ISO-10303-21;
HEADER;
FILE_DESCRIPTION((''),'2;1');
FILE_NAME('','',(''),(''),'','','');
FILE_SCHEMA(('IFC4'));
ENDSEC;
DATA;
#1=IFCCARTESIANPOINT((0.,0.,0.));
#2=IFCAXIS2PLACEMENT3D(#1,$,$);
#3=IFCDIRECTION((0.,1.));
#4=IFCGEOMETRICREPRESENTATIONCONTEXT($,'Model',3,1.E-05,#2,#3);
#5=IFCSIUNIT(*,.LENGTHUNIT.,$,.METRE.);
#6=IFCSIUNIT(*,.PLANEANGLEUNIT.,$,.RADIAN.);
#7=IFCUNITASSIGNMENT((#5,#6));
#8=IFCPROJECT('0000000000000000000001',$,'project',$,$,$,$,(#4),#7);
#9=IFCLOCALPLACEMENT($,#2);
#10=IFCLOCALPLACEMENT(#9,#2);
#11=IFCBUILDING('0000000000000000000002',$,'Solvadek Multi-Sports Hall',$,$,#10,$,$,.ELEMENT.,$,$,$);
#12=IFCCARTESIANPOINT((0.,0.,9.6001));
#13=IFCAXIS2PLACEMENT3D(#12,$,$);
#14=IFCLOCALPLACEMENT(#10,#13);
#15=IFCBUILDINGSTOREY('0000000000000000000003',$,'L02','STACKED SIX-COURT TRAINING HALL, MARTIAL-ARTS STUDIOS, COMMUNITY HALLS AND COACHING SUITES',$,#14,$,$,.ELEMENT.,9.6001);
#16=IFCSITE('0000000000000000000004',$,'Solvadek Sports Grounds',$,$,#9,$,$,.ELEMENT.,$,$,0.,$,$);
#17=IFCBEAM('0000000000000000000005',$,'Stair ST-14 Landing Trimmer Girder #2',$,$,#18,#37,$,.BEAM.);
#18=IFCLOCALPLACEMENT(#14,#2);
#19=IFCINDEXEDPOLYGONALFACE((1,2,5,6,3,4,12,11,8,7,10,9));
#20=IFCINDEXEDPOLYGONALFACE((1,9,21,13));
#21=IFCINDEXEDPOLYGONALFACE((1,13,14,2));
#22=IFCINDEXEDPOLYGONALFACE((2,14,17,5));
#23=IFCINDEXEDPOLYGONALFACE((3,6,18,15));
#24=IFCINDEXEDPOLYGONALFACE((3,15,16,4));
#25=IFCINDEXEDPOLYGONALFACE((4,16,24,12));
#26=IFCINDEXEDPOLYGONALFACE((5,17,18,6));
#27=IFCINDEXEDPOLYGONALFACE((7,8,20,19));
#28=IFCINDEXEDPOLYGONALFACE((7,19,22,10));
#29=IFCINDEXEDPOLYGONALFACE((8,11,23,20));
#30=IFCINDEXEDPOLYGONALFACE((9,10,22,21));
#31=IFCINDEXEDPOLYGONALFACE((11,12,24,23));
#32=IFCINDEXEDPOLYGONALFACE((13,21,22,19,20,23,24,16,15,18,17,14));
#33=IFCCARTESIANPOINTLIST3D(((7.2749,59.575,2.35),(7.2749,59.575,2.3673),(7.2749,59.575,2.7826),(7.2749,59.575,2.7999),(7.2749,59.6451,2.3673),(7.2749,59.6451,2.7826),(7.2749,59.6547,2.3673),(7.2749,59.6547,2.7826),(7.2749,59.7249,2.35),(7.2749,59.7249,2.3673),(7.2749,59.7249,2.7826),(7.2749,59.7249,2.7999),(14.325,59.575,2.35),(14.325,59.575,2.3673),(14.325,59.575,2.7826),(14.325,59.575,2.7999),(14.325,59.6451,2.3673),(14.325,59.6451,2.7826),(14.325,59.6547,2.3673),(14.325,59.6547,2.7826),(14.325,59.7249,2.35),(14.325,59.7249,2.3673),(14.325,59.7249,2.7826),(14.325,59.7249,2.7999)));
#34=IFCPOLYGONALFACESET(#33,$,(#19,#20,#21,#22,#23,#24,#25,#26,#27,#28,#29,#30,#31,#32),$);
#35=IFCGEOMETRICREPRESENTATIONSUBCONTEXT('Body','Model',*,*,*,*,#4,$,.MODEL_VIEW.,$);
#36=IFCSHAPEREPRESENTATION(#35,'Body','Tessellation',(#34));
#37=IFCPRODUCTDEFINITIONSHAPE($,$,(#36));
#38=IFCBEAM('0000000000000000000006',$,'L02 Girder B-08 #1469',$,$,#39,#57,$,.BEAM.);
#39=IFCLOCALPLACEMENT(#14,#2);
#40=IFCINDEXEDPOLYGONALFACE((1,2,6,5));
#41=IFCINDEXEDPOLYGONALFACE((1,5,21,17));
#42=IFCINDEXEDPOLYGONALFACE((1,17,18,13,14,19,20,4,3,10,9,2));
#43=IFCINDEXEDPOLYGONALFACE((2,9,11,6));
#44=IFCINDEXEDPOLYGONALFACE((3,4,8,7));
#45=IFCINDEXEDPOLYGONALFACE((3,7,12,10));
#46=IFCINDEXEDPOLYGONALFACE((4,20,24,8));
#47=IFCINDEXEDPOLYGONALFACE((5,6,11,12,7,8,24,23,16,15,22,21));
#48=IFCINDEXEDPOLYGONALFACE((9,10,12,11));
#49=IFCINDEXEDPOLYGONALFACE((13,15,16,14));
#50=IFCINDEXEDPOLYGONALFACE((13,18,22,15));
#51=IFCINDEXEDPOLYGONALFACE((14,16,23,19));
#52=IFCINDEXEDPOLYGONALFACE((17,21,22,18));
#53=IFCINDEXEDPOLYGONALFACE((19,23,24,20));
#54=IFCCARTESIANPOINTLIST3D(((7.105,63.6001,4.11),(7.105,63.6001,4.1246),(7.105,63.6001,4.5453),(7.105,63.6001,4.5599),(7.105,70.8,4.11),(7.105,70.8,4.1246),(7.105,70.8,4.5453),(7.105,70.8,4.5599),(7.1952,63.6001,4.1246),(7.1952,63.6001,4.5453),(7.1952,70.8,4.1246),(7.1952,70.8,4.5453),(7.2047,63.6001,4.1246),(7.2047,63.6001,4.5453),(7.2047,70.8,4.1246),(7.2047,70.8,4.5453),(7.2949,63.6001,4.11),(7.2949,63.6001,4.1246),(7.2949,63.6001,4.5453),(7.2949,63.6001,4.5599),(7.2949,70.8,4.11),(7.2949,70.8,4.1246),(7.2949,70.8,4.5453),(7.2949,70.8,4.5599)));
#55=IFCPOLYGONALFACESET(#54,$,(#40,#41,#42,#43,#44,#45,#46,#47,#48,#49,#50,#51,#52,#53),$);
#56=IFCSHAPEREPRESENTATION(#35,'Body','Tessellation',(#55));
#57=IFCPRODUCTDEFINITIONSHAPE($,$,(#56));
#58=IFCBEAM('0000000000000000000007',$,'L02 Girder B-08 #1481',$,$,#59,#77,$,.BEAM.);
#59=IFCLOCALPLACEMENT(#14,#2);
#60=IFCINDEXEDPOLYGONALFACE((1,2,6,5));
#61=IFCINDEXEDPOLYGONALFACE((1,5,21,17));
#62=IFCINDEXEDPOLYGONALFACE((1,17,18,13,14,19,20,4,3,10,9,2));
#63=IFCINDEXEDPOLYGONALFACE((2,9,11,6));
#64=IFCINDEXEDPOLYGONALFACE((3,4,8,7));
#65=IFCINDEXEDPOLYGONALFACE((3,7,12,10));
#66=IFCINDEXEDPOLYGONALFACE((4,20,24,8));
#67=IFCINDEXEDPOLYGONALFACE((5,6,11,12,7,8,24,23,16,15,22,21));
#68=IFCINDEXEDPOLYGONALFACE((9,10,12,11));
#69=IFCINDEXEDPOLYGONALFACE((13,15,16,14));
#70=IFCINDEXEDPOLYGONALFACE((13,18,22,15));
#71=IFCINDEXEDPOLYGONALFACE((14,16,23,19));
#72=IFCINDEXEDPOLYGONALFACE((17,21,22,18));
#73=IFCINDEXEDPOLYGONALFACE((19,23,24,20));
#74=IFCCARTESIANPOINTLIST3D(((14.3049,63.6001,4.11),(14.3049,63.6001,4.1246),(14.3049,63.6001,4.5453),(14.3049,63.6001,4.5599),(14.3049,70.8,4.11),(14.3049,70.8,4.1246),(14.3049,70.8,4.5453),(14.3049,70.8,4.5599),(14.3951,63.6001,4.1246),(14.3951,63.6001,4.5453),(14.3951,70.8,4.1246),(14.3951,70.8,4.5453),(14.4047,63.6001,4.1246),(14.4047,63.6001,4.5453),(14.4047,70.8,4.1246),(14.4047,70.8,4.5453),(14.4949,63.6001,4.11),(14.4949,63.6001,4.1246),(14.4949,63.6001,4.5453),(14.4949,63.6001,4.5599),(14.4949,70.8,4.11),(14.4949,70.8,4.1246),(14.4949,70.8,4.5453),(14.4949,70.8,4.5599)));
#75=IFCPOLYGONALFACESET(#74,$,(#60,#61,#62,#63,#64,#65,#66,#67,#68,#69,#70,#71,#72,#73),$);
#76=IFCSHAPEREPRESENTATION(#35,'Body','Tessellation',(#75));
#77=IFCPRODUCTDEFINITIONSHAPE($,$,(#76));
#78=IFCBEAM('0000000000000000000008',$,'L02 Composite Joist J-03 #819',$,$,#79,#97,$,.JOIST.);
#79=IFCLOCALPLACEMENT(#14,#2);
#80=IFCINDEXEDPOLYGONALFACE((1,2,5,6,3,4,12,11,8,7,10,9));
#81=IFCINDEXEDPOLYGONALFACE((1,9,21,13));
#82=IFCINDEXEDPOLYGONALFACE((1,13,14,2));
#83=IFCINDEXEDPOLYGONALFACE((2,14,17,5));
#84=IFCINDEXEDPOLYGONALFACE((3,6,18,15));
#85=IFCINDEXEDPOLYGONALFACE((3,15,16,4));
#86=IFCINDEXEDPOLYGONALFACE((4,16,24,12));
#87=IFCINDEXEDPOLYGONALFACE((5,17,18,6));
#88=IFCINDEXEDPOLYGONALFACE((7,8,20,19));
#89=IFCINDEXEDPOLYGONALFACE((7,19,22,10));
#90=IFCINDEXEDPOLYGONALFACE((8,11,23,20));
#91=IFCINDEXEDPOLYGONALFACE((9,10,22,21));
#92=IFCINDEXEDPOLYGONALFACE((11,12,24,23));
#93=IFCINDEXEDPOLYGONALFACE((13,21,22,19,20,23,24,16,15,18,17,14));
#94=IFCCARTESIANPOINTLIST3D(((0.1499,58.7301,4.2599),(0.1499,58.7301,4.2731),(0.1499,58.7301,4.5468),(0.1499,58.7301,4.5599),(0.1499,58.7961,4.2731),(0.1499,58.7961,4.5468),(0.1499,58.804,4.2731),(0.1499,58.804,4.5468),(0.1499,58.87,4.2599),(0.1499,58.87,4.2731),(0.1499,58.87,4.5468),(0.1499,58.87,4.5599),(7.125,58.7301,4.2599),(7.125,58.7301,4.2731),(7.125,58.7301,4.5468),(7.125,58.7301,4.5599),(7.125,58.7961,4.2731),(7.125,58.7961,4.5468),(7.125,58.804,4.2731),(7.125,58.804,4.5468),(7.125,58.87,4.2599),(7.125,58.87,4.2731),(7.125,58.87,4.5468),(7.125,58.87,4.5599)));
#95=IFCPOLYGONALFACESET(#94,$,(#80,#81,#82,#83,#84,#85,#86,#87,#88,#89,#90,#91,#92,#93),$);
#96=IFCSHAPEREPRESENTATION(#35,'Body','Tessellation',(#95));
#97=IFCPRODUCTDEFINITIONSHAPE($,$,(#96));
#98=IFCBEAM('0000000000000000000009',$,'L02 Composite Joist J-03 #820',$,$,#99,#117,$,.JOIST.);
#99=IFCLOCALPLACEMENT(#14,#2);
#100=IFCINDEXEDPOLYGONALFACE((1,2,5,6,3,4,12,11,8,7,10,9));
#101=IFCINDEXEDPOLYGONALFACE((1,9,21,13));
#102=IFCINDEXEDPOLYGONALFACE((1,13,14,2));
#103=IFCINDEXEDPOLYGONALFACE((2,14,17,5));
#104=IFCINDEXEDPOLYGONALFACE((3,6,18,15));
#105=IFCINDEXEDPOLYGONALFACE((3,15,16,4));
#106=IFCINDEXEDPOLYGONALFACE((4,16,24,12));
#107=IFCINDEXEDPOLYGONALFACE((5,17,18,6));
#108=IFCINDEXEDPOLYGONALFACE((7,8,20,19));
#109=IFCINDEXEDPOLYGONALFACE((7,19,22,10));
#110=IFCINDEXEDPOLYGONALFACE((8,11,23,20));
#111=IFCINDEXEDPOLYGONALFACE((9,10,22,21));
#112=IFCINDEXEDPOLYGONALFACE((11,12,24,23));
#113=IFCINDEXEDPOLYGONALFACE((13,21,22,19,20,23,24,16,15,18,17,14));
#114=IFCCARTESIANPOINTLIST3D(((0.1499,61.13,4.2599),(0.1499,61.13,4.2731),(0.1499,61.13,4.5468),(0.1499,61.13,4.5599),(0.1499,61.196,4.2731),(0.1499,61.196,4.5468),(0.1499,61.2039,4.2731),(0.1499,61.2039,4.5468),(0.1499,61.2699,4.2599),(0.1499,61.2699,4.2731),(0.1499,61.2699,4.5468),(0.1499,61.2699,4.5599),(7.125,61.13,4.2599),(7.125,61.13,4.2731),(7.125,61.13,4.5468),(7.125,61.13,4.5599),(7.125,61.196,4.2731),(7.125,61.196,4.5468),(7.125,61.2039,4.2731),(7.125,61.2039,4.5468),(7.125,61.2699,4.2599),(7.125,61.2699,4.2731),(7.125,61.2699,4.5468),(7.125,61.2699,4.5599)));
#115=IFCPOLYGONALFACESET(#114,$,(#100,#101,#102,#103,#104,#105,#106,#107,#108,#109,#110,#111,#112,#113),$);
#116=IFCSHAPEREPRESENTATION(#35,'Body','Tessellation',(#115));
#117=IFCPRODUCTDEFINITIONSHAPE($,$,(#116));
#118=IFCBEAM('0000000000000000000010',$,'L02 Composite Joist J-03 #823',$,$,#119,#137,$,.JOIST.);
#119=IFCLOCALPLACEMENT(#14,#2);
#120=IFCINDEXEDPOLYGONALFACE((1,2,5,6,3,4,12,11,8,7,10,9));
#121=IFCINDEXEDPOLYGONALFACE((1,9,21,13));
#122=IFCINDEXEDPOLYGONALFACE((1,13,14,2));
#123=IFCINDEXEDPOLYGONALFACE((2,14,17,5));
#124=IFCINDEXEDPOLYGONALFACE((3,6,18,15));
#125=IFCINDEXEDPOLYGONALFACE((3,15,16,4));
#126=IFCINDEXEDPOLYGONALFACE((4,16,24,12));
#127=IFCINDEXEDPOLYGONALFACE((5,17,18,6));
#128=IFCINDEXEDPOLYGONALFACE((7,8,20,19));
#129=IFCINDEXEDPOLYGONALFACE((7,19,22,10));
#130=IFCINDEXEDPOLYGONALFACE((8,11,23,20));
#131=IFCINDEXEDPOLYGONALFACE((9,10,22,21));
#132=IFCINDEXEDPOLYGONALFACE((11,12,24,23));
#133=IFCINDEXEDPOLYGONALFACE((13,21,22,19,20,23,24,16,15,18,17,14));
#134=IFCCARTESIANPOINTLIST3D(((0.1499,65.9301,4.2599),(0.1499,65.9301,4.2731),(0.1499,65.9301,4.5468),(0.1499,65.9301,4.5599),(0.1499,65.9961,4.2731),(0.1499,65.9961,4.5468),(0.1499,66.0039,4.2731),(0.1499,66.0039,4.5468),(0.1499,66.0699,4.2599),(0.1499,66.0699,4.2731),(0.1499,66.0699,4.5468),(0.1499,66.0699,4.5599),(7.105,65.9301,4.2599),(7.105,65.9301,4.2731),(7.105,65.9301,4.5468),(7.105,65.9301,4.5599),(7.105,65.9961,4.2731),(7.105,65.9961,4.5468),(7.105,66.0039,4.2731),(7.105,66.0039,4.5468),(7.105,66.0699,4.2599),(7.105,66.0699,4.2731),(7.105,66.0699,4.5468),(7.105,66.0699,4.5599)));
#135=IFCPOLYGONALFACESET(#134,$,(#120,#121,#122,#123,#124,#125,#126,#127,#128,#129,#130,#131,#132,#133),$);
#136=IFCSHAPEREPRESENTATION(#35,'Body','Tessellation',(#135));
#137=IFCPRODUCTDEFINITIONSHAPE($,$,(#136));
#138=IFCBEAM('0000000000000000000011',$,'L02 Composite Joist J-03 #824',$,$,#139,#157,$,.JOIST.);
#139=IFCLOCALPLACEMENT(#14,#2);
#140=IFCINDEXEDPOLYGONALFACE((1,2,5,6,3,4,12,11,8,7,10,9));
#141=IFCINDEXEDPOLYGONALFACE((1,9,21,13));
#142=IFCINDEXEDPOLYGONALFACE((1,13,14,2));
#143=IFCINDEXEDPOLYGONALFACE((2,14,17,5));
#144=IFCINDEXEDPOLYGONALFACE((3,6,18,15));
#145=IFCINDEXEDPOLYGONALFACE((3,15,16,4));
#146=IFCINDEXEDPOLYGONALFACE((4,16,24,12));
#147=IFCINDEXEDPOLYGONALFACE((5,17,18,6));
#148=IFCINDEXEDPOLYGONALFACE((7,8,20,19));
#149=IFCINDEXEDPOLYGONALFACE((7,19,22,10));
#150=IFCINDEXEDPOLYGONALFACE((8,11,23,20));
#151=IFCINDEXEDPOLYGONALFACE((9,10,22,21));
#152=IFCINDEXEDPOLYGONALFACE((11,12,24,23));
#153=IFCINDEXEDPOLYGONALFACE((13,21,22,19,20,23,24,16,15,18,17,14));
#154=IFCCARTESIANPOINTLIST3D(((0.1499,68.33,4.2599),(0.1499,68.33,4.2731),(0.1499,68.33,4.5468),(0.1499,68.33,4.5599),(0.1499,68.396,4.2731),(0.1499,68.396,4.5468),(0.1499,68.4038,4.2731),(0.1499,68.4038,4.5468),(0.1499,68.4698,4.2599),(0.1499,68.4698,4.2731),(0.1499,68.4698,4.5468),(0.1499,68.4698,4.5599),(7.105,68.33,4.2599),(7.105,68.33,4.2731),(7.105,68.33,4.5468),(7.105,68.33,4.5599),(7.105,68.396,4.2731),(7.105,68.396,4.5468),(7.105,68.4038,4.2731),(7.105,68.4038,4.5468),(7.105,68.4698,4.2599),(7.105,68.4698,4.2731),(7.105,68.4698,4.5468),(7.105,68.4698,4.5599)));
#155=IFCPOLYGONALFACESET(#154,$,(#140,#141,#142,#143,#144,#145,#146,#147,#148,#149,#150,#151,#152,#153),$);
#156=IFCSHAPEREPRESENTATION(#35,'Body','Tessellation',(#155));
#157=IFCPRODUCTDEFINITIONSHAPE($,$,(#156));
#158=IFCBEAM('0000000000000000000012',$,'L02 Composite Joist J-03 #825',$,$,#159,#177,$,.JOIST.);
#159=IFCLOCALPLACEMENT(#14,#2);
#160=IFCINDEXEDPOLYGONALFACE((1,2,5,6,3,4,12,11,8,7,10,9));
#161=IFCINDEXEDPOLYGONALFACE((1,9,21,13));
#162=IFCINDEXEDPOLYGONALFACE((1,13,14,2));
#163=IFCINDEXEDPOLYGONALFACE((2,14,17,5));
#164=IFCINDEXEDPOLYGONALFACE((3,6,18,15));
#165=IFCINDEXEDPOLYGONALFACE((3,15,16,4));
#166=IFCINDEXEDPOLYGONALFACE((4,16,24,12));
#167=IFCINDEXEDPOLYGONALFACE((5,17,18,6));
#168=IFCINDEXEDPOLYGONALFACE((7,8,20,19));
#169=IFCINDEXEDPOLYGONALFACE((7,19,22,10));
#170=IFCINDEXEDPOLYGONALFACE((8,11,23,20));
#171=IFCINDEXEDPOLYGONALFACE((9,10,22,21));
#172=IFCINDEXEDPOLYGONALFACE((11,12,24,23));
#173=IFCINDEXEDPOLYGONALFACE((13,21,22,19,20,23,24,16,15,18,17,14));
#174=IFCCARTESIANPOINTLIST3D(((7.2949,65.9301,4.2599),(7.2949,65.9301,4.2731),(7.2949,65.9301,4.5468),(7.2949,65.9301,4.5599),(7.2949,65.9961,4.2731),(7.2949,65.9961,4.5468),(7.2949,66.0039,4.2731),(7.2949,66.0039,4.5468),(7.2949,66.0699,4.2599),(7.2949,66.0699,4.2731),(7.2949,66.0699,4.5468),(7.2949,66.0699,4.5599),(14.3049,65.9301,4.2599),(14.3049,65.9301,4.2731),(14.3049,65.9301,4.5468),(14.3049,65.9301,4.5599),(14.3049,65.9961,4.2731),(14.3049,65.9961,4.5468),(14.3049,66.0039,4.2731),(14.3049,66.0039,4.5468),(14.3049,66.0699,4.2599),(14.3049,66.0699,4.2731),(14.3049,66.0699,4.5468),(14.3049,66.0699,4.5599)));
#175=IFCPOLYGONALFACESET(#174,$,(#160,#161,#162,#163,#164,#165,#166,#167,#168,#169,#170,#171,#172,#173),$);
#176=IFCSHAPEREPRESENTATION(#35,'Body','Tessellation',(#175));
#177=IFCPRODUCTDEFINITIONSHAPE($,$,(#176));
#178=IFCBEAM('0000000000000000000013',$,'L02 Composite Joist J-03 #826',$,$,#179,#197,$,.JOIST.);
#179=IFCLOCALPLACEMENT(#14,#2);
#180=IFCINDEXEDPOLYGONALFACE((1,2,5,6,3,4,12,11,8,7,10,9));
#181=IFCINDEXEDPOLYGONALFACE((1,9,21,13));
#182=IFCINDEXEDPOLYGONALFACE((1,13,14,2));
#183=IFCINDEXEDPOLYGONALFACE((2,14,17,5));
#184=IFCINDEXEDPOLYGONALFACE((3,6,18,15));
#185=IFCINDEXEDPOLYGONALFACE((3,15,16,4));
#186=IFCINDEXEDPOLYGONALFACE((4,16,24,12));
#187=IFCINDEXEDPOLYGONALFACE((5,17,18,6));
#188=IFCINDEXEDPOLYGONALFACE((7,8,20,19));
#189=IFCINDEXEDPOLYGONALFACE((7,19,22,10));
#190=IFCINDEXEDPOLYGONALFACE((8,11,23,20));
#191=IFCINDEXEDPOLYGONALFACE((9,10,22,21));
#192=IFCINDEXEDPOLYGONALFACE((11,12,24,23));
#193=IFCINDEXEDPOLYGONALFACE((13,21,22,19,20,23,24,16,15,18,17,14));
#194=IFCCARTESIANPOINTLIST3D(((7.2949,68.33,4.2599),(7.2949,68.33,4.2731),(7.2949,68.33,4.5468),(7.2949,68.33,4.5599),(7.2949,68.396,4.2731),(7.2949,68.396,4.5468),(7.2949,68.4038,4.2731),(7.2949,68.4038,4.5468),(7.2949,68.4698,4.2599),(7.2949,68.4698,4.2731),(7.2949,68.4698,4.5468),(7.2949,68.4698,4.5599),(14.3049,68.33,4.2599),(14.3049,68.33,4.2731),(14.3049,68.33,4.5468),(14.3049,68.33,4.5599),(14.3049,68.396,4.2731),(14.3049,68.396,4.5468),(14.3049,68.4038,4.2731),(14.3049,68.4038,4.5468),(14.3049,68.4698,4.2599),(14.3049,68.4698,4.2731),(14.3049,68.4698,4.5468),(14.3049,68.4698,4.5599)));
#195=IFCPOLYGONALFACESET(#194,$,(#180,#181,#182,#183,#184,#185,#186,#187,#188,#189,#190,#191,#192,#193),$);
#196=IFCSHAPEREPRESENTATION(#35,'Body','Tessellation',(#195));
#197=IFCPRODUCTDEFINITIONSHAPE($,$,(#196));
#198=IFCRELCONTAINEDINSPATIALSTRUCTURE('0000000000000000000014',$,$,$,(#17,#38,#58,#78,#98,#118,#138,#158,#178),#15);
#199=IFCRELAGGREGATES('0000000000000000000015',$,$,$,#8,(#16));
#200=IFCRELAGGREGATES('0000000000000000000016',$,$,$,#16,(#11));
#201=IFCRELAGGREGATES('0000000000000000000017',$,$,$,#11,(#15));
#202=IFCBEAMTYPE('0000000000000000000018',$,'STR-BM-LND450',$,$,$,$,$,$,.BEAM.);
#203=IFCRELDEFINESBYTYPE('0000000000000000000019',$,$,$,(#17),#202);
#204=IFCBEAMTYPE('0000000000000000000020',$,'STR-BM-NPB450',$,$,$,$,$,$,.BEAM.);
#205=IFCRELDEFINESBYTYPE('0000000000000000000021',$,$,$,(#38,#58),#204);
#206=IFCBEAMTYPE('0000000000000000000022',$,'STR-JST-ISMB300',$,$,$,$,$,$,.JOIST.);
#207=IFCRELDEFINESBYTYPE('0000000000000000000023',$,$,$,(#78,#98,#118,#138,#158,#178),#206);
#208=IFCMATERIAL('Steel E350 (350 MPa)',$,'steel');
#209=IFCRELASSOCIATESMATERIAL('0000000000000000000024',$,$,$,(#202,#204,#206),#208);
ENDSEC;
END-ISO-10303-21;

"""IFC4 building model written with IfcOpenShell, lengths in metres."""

from ifc_helpers import new_model, si_unit, direction, frame, origin, origin_2d, place, context, subcontext, project, spatial, i_section, extrude, material, material_profile, profile_set, type_object, element, save


model = new_model("IFC4")

# Units and contexts
model_context = context("Model", 3, precision=1e-05, world=origin(), true_north=direction((0.0, 1.0)))
body_context = subcontext(model_context, "Body", "Model", "MODEL_VIEW")
ifc_project = project(units=[si_unit("LENGTHUNIT", "METRE"), si_unit("PLANEANGLEUNIT", "RADIAN")], contexts=[model_context])

# Site, building, storey
site_placement = place(None, origin())
site = spatial("IfcSite", under=ifc_project, at=site_placement, Name="Solvadek Sports Grounds", CompositionType="ELEMENT", RefElevation=0.0)
building_placement = place(site_placement, origin())
building = spatial("IfcBuilding", under=site, at=building_placement, Name="Solvadek Multi-Sports Hall", CompositionType="ELEMENT")
storey_placement = place(building_placement, frame((0.0, 0.0, 9.6001)))
storey = spatial("IfcBuildingStorey", under=building, at=storey_placement, Name="L02", Description="STACKED SIX-COURT TRAINING HALL, MARTIAL-ARTS STUDIOS, COMMUNITY HALLS AND COACHING SUITES", CompositionType="ELEMENT", Elevation=9.6001)

# Shared definitions
ifc_material_1 = material(Name="Steel E350 (350 MPa)", Category="steel")

# Beams
ifc_material_profile_1 = material_profile(ifc_material_1, i_section(OverallWidth=0.1499, OverallDepth=0.45, WebThickness=0.0095, FlangeThickness=0.0173, at=origin_2d()), Name="ISMB 450")
ifc_profile_set_1 = profile_set([ifc_material_profile_1], Name="Steel E350 (350 MPa)")
beam_type_1 = type_object("IfcBeamType", Name="STR-BM-LND450", PredefinedType="BEAM", material=ifc_profile_set_1)
beam_1_placement = place(storey_placement, frame((7.2749, 59.6499, 2.575), z_axis=(1.0, 0.0, 0.0), x_axis=(0.0, 1.0, 0.0)))
element("IfcBeam", 1, at=beam_1_placement, inside=storey, type_object=beam_type_1, Name="Stair ST-14 Landing Trimmer Girder #2", PredefinedType="BEAM", context=body_context, shape_type="SweptSolid", body=[
    extrude(i_section(OverallWidth=0.1499, OverallDepth=0.45, WebThickness=0.0095, FlangeThickness=0.0173, at=origin_2d()), origin(), (0.0, 0.0, 1.0), 7.05),
])
ifc_material_profile_2 = material_profile(ifc_material_1, i_section(OverallWidth=0.1899, OverallDepth=0.45, WebThickness=0.0095, FlangeThickness=0.0146, at=origin_2d()), Name="NPB 450")
ifc_profile_set_2 = profile_set([ifc_material_profile_2], Name="Steel E350 (350 MPa)")
beam_type_2 = type_object("IfcBeamType", Name="STR-BM-NPB450", PredefinedType="BEAM", material=ifc_profile_set_2)
for number, where, z_axis, x_axis, name in (
    (2, (7.2, 63.6001, 4.335), (0.0, 1.0, 0.0), (-1.0, 0.0, 0.0), "L02 Girder B-08 #1469"),
    (3, (14.3999, 63.6001, 4.335), (0.0, 1.0, 0.0), (-1.0, 0.0, 0.0), "L02 Girder B-08 #1481"),
):
    element("IfcBeam", number, at=place(storey_placement, frame(where, z_axis=z_axis, x_axis=x_axis)), inside=storey, type_object=beam_type_2, Name=name, PredefinedType="BEAM", context=body_context, shape_type="SweptSolid", body=[
        extrude(i_section(OverallWidth=0.1899, OverallDepth=0.45, WebThickness=0.0095, FlangeThickness=0.0146, at=origin_2d()), origin(), (0.0, 0.0, 1.0), 7.2),
    ])
ifc_material_profile_3 = material_profile(ifc_material_1, i_section(OverallWidth=0.1399, OverallDepth=0.3, WebThickness=0.0078, FlangeThickness=0.0132, at=origin_2d()), Name="ISMB 300")
ifc_profile_set_3 = profile_set([ifc_material_profile_3], Name="Steel E350 (350 MPa)")
beam_type_3 = type_object("IfcBeamType", Name="STR-JST-ISMB300", PredefinedType="JOIST", material=ifc_profile_set_3)
for number, where, z_axis, x_axis, name in (
    (4, (0.1499, 58.8, 4.4099), (1.0, 0.0, 0.0), (0.0, 1.0, 0.0), "L02 Composite Joist J-03 #819"),
    (5, (0.1499, 61.2, 4.4099), (1.0, 0.0, 0.0), (0.0, 1.0, 0.0), "L02 Composite Joist J-03 #820"),
):
    element("IfcBeam", number, at=place(storey_placement, frame(where, z_axis=z_axis, x_axis=x_axis)), inside=storey, type_object=beam_type_3, Name=name, PredefinedType="JOIST", context=body_context, shape_type="SweptSolid", body=[
        extrude(i_section(OverallWidth=0.1399, OverallDepth=0.3, WebThickness=0.0078, FlangeThickness=0.0132, at=origin_2d()), origin(), (0.0, 0.0, 1.0), 6.9751),
    ])
for number, where, z_axis, x_axis, name in (
    (6, (0.1499, 66.0, 4.4099), (1.0, 0.0, 0.0), (0.0, 1.0, 0.0), "L02 Composite Joist J-03 #823"),
    (7, (0.1499, 68.3999, 4.4099), (1.0, 0.0, 0.0), (0.0, 1.0, 0.0), "L02 Composite Joist J-03 #824"),
):
    element("IfcBeam", number, at=place(storey_placement, frame(where, z_axis=z_axis, x_axis=x_axis)), inside=storey, type_object=beam_type_3, Name=name, PredefinedType="JOIST", context=body_context, shape_type="SweptSolid", body=[
        extrude(i_section(OverallWidth=0.1399, OverallDepth=0.3, WebThickness=0.0078, FlangeThickness=0.0132, at=origin_2d()), origin(), (0.0, 0.0, 1.0), 6.9551),
    ])
for number, where, z_axis, x_axis, name in (
    (8, (7.2949, 66.0, 4.4099), (1.0, 0.0, 0.0), (0.0, 1.0, 0.0), "L02 Composite Joist J-03 #825"),
    (9, (7.2949, 68.3999, 4.4099), (1.0, 0.0, 0.0), (0.0, 1.0, 0.0), "L02 Composite Joist J-03 #826"),
):
    element("IfcBeam", number, at=place(storey_placement, frame(where, z_axis=z_axis, x_axis=x_axis)), inside=storey, type_object=beam_type_3, Name=name, PredefinedType="JOIST", context=body_context, shape_type="SweptSolid", body=[
        extrude(i_section(OverallWidth=0.1399, OverallDepth=0.3, WebThickness=0.0078, FlangeThickness=0.0132, at=origin_2d()), origin(), (0.0, 0.0, 1.0), 7.01),
    ])

save(model, "model.ifc")
